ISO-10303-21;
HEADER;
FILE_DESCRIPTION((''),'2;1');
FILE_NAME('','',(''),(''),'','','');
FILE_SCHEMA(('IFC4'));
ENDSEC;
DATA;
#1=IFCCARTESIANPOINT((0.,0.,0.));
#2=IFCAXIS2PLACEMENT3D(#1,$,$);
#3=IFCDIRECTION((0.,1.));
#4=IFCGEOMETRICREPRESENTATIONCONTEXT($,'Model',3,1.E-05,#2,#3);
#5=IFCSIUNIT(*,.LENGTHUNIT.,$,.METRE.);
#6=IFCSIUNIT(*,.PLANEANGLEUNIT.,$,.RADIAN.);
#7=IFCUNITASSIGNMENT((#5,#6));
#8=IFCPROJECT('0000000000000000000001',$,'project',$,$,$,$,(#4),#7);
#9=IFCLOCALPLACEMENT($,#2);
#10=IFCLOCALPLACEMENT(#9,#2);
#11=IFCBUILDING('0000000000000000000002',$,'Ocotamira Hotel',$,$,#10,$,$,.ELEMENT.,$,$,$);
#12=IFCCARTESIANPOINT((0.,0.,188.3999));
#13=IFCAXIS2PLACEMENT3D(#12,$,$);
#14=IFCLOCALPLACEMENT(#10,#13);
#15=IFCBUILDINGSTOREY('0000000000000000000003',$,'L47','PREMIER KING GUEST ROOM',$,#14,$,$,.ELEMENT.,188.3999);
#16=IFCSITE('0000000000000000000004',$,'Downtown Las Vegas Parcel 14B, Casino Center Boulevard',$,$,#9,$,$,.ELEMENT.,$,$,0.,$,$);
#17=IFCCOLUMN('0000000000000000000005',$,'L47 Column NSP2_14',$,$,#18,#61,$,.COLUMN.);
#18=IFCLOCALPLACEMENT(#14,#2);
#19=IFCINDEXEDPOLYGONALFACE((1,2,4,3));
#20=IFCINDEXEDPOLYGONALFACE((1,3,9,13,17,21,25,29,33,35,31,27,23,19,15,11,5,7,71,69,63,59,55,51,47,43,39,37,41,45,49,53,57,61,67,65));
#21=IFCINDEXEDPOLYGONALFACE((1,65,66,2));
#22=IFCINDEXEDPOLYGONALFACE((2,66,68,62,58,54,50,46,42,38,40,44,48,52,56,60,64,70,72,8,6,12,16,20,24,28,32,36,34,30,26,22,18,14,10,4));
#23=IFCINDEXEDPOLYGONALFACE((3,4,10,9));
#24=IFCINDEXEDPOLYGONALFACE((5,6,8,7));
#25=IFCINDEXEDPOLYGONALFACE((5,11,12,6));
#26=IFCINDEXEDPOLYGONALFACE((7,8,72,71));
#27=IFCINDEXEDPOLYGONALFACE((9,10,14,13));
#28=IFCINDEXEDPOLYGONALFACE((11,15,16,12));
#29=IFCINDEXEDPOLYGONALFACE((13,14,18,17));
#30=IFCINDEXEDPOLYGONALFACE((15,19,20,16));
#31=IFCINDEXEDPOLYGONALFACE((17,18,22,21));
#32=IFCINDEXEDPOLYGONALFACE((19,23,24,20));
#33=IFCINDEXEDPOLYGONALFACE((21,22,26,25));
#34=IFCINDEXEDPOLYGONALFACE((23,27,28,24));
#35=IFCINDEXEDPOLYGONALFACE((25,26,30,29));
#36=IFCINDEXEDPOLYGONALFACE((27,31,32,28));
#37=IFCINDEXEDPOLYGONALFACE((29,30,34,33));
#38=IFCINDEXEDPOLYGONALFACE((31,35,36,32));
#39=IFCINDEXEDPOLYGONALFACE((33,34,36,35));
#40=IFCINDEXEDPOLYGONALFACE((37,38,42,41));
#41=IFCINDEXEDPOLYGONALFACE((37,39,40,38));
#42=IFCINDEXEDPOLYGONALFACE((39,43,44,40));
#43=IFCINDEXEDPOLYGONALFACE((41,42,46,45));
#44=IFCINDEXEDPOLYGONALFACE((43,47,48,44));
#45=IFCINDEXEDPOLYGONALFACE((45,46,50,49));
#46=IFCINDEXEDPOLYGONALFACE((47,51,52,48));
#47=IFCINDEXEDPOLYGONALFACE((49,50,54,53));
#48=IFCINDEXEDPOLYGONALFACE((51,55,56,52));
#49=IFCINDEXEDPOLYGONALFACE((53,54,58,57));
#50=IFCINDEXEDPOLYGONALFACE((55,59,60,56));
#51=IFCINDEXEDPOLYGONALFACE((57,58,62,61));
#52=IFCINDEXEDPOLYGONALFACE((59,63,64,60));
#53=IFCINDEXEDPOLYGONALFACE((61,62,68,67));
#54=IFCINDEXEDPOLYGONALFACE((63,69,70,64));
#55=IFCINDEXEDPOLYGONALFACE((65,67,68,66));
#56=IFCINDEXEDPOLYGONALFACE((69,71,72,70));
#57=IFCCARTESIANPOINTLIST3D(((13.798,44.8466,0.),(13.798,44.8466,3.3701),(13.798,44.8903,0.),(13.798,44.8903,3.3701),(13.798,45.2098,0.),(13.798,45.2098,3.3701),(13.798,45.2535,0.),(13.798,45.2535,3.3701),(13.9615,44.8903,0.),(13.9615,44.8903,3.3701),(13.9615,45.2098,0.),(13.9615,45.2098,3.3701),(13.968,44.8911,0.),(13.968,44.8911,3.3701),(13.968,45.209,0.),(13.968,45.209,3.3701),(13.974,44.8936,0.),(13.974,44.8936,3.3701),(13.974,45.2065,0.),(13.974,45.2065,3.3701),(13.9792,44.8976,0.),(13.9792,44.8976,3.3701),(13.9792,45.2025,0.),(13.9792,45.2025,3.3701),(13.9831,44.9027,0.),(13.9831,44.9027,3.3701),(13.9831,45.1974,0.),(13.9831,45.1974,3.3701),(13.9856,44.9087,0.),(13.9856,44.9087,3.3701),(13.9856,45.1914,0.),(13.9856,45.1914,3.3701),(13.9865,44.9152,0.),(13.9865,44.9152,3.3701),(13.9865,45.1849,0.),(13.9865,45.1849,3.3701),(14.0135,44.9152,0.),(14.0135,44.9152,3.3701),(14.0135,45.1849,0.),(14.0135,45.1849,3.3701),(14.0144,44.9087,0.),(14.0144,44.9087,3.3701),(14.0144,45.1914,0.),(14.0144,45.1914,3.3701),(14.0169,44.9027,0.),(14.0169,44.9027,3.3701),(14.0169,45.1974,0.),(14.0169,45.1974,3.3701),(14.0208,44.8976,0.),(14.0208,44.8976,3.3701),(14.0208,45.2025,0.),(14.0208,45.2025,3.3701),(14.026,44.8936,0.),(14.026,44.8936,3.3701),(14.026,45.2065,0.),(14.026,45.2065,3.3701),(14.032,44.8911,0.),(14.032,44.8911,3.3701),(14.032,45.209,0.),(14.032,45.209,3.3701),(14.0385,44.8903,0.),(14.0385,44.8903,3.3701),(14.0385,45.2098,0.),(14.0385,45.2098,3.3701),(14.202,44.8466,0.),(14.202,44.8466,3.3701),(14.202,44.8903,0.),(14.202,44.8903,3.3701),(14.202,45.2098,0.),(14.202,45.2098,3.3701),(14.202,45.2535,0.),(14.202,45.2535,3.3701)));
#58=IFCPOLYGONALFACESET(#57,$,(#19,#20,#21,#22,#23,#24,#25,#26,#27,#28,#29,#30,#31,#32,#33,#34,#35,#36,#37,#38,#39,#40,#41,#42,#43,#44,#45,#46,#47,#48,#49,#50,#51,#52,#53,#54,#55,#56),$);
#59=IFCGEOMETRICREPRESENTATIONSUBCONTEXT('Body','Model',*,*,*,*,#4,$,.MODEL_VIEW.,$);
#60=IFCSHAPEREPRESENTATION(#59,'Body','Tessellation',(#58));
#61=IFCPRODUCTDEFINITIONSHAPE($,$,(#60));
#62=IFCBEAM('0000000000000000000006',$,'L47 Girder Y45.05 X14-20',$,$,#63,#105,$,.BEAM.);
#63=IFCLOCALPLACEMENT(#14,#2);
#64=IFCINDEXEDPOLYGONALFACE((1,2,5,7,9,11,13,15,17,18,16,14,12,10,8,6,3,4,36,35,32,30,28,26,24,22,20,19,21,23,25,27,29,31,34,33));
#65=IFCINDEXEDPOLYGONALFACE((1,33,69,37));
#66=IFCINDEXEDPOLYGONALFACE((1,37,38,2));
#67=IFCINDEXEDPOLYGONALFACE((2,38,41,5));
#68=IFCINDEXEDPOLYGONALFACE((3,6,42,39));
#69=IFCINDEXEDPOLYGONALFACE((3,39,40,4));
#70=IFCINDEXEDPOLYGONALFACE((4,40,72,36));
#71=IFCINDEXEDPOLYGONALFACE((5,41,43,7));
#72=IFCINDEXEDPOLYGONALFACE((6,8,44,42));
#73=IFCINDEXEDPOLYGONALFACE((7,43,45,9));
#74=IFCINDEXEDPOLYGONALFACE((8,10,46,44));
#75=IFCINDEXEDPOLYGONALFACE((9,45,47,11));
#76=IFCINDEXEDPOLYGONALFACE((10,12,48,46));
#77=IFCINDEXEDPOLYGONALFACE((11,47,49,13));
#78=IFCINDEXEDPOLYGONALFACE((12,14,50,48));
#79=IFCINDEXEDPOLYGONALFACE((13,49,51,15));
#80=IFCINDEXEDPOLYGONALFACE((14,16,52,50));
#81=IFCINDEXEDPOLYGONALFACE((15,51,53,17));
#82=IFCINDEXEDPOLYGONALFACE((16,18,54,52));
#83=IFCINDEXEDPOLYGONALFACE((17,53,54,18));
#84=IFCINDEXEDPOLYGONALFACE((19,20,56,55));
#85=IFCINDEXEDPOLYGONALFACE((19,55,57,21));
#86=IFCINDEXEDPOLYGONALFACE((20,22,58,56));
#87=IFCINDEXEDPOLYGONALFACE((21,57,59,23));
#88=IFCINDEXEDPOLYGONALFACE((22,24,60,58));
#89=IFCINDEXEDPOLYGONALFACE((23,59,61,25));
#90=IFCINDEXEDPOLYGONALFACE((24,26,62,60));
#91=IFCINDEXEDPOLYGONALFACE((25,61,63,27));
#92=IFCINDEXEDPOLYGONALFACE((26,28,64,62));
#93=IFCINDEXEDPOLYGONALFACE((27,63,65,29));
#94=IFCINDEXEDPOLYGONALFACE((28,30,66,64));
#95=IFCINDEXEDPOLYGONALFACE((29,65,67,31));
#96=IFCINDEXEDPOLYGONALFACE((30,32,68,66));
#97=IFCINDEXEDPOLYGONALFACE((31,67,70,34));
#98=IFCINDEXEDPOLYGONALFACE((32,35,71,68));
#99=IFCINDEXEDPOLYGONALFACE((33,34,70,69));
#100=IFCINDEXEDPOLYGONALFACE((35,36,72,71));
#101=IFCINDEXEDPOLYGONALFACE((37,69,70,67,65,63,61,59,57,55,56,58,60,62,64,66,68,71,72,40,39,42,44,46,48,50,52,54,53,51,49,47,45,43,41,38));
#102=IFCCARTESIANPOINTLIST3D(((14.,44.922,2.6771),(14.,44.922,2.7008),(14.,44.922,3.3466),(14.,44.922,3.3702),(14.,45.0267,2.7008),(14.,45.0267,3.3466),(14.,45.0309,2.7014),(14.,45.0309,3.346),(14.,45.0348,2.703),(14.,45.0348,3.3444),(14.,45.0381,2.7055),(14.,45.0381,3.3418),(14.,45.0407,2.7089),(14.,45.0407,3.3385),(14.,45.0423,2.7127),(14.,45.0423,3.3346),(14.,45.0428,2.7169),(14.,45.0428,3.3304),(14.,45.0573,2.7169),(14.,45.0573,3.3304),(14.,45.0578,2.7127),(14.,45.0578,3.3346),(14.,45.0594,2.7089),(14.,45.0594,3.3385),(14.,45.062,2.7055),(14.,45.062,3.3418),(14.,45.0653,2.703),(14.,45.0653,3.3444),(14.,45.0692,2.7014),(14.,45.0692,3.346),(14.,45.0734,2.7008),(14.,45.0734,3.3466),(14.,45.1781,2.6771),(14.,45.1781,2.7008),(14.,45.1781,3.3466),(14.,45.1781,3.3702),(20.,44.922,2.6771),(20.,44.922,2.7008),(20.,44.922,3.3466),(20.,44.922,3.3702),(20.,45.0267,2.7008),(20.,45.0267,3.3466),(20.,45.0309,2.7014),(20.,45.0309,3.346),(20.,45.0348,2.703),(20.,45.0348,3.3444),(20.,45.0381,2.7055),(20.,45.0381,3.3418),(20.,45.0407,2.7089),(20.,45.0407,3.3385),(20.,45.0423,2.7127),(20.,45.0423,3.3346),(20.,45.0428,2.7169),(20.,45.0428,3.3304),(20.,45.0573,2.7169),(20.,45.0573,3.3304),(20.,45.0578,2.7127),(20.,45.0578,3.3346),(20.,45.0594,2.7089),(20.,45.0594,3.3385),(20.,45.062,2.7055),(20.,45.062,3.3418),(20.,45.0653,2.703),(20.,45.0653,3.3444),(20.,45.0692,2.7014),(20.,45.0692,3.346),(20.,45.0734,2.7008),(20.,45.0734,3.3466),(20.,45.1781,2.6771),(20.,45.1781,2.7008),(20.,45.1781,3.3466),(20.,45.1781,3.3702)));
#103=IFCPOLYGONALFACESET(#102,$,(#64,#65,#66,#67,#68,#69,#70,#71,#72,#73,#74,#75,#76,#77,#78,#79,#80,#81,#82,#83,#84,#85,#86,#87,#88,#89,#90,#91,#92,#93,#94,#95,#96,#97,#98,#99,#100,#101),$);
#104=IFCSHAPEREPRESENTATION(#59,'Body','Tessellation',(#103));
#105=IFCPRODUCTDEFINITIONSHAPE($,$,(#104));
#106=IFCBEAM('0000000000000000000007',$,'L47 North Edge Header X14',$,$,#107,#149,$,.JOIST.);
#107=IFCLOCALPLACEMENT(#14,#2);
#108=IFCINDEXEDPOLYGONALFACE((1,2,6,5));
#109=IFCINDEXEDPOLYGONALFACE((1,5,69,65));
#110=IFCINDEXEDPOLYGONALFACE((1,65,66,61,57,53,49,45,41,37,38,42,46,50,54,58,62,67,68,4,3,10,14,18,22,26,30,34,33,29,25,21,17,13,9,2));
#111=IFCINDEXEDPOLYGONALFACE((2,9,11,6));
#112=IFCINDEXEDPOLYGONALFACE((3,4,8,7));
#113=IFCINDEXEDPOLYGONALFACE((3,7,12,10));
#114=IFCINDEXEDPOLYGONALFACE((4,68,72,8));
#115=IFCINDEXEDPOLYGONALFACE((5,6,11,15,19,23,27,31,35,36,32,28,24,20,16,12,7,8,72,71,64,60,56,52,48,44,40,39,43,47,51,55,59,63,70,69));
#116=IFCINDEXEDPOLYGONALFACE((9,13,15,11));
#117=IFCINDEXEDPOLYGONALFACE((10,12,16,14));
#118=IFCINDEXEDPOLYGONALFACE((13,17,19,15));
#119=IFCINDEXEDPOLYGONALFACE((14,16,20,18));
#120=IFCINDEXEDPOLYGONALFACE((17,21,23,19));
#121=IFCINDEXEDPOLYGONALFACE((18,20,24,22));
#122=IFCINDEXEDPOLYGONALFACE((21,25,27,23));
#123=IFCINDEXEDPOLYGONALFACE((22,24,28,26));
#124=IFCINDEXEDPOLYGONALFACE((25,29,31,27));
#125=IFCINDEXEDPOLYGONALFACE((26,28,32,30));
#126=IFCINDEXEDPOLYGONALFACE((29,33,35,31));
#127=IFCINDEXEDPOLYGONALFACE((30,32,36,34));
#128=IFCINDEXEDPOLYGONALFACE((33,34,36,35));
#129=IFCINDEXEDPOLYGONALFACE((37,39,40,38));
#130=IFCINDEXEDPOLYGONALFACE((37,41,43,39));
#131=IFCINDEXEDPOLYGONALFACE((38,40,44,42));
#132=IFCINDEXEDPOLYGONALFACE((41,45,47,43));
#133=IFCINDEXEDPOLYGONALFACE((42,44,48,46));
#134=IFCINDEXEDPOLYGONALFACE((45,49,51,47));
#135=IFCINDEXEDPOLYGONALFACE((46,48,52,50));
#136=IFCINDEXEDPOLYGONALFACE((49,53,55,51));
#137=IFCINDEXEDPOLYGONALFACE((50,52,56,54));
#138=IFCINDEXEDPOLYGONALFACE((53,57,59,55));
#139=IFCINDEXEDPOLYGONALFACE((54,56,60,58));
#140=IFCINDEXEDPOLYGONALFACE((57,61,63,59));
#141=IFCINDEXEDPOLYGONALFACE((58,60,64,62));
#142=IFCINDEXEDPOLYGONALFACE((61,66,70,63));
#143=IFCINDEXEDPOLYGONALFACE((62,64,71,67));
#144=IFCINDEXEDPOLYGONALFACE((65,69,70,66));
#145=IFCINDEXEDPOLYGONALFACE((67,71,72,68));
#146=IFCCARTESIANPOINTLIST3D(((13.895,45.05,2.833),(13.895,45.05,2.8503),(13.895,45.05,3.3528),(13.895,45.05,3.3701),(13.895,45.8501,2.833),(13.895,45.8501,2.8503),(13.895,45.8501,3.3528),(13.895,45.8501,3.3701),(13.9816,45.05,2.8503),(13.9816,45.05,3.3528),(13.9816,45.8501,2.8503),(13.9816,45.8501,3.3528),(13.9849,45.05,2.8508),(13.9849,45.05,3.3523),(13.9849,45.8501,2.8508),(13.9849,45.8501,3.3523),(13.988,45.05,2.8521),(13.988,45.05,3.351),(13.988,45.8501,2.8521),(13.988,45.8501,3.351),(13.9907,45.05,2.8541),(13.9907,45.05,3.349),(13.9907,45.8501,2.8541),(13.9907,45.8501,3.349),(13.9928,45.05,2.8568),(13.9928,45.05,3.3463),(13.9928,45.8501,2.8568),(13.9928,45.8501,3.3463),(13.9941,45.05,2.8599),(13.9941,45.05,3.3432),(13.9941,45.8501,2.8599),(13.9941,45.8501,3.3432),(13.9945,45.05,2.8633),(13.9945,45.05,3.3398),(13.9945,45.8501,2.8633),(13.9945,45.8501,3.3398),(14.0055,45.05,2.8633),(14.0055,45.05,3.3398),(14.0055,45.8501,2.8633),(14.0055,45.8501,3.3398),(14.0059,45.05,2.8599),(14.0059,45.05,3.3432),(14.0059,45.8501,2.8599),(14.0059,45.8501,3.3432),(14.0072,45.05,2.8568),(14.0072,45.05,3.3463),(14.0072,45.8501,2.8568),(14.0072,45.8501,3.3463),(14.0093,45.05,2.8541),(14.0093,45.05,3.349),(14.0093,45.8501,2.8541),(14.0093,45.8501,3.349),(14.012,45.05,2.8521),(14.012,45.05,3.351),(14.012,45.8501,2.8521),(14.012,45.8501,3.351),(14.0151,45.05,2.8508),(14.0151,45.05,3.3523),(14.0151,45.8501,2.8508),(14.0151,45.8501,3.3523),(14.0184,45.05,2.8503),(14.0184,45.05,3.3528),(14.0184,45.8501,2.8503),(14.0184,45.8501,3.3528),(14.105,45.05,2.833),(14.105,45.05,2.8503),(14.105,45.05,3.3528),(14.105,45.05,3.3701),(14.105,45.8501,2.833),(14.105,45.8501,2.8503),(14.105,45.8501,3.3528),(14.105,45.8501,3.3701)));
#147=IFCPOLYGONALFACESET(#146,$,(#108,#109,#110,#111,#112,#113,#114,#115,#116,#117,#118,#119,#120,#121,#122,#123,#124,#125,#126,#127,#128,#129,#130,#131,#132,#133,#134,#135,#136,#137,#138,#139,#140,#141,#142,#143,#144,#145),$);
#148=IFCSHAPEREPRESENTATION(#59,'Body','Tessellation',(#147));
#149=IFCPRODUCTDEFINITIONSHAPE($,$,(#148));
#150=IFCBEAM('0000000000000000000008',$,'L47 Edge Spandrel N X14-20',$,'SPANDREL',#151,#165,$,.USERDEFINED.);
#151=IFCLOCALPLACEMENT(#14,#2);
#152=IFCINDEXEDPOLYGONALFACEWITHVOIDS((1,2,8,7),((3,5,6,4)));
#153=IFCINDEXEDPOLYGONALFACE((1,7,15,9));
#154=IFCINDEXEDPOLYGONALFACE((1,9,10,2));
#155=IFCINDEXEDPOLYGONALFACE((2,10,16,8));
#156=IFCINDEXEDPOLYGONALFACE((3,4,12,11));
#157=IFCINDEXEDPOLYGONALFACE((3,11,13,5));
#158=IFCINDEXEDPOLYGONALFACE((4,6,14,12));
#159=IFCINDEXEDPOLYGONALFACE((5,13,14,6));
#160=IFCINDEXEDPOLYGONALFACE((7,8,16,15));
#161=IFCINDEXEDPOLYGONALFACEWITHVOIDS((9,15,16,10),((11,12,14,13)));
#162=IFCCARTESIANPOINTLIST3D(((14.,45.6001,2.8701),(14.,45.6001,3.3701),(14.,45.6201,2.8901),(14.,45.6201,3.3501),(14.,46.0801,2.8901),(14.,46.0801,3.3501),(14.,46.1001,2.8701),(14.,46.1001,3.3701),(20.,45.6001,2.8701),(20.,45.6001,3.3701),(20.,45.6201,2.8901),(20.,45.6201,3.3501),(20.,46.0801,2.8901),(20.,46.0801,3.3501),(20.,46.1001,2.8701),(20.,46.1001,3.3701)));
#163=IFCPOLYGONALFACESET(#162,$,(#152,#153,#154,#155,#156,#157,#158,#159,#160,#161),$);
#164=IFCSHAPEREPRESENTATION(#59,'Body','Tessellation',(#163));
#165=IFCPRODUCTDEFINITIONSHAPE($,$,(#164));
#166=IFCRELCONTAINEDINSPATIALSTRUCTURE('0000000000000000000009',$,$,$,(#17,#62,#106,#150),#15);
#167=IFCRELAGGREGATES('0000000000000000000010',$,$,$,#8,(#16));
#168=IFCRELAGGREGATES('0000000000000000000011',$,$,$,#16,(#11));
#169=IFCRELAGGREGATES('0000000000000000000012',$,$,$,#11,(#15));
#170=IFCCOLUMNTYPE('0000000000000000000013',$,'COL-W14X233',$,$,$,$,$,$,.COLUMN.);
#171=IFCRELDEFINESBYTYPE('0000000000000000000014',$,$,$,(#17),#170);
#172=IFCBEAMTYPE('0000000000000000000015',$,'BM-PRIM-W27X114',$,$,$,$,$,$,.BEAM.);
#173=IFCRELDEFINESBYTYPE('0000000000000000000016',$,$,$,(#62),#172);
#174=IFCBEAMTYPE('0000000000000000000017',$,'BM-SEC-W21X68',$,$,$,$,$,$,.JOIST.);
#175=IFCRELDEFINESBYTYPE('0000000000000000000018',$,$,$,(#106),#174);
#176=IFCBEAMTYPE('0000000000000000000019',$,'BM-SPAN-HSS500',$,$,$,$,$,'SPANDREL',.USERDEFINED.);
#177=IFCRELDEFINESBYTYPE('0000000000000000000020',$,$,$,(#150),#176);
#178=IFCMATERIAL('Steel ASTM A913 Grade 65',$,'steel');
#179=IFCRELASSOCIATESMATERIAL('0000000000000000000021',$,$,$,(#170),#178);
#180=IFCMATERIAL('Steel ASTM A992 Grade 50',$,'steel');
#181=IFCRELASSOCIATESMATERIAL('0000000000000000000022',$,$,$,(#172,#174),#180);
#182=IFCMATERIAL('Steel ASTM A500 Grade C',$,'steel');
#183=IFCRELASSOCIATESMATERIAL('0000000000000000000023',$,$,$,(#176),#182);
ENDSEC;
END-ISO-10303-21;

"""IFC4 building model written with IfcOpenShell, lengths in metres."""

from ifc_helpers import new_model, si_unit, direction, frame, origin, origin_2d, place, context, subcontext, project, spatial, hollow_rectangle, i_section, extrude, source, transform, mapped, material, material_profile, profile_set, type_object, element, save


model = new_model("IFC4")

# Units and contexts
model_context = context("Model", 3, precision=1e-05, world=origin(), true_north=direction((0.0, 1.0)))
body_context = subcontext(model_context, "Body", "Model", "MODEL_VIEW")
ifc_project = project(units=[si_unit("LENGTHUNIT", "METRE"), si_unit("PLANEANGLEUNIT", "RADIAN")], contexts=[model_context])

# Site, building, storey
site_placement = place(None, origin())
site = spatial("IfcSite", under=ifc_project, at=site_placement, Name="Downtown Las Vegas Parcel 14B, Casino Center Boulevard", CompositionType="ELEMENT", RefElevation=0.0)
building_placement = place(site_placement, origin())
building = spatial("IfcBuilding", under=site, at=building_placement, Name="Ocotamira Hotel", CompositionType="ELEMENT")
storey_placement = place(building_placement, frame((0.0, 0.0, 188.3999)))
storey = spatial("IfcBuildingStorey", under=building, at=storey_placement, Name="L47", Description="PREMIER KING GUEST ROOM", CompositionType="ELEMENT", Elevation=188.3999)

# Column
ifc_material_1 = material(Name="Steel ASTM A913 Grade 65", Category="steel")
ifc_material_profile_1 = material_profile(ifc_material_1, i_section(OverallWidth=0.4041, OverallDepth=0.407, WebThickness=0.0271, FlangeThickness=0.0437, FilletRadius=0.0249, at=origin_2d()), Name="W14X233")
ifc_profile_set_1 = profile_set([ifc_material_profile_1], Name="Steel ASTM A913 Grade 65")
column_type = type_object("IfcColumnType", Name="COL-W14X233", PredefinedType="COLUMN", material=ifc_profile_set_1)
shared_shape_1 = source(origin(), body_context, "Body", "SweptSolid", [
    extrude(i_section(OverallWidth=0.4041, OverallDepth=0.407, WebThickness=0.0271, FlangeThickness=0.0437, FilletRadius=0.0249, at=origin_2d()), origin(), (0.0, 0.0, 1.0), 3.3701),
])
column_placement = place(storey_placement, frame((14.0, 45.05, 0.0), z_axis=(0.0, 0.0, 1.0), x_axis=(1.0, 0.0, 0.0)))
element("IfcColumn", 1, at=column_placement, inside=storey, type_object=column_type, Name="L47 Column NSP2_14", PredefinedType="COLUMN", context=body_context, shape_type="MappedRepresentation", body=[
    mapped(shared_shape_1, transform((0.0, 0.0, 0.0), scale=1.0)),
])

# Beams
ifc_material_2 = material(Name="Steel ASTM A992 Grade 50", Category="steel")
ifc_material_profile_2 = material_profile(ifc_material_2, i_section(OverallWidth=0.2561, OverallDepth=0.6931, WebThickness=0.0144, FlangeThickness=0.0237, FilletRadius=0.0161, at=origin_2d()), Name="W27X114")
ifc_profile_set_2 = profile_set([ifc_material_profile_2], Name="Steel ASTM A992 Grade 50")
beam_type_1 = type_object("IfcBeamType", Name="BM-PRIM-W27X114", PredefinedType="BEAM", material=ifc_profile_set_2)
shared_shape_2 = source(origin(), body_context, "Body", "SweptSolid", [
    extrude(i_section(OverallWidth=0.2561, OverallDepth=0.6931, WebThickness=0.0144, FlangeThickness=0.0237, FilletRadius=0.0161, at=origin_2d()), origin(), (0.0, 0.0, 1.0), 6.0),
])
beam_1_placement = place(storey_placement, frame((14.0, 45.05, 3.0237), z_axis=(1.0, 0.0, 0.0), x_axis=(0.0, 1.0, 0.0)))
element("IfcBeam", 2, at=beam_1_placement, inside=storey, type_object=beam_type_1, Name="L47 Girder Y45.05 X14-20", PredefinedType="BEAM", context=body_context, shape_type="MappedRepresentation", body=[
    mapped(shared_shape_2, transform((0.0, 0.0, 0.0), scale=1.0)),
])
ifc_material_profile_3 = material_profile(ifc_material_2, i_section(OverallWidth=0.21, OverallDepth=0.5371, WebThickness=0.011, FlangeThickness=0.0173, FilletRadius=0.0129, at=origin_2d()), Name="W21X68")
ifc_profile_set_3 = profile_set([ifc_material_profile_3], Name="Steel ASTM A992 Grade 50")
beam_type_2 = type_object("IfcBeamType", Name="BM-SEC-W21X68", PredefinedType="JOIST", material=ifc_profile_set_3)
shared_shape_3 = source(origin(), body_context, "Body", "SweptSolid", [
    extrude(i_section(OverallWidth=0.21, OverallDepth=0.5371, WebThickness=0.011, FlangeThickness=0.0173, FilletRadius=0.0129, at=origin_2d()), origin(), (0.0, 0.0, 1.0), 0.8),
])
beam_2_placement = place(storey_placement, frame((14.0, 45.05, 3.1016), z_axis=(0.0, 1.0, 0.0), x_axis=(-1.0, 0.0, 0.0)))
element("IfcBeam", 3, at=beam_2_placement, inside=storey, type_object=beam_type_2, Name="L47 North Edge Header X14", PredefinedType="JOIST", context=body_context, shape_type="MappedRepresentation", body=[
    mapped(shared_shape_3, transform((0.0, 0.0, 0.0), scale=1.0)),
])
ifc_material_3 = material(Name="Steel ASTM A500 Grade C", Category="steel")
ifc_material_profile_4 = material_profile(ifc_material_3, hollow_rectangle(XDim=0.5, YDim=0.5, WallThickness=0.02, at=origin_2d()), Name="HSS500X500X20")
ifc_profile_set_4 = profile_set([ifc_material_profile_4], Name="Steel ASTM A500 Grade C")
beam_type_3 = type_object("IfcBeamType", Name="BM-SPAN-HSS500", ElementType="SPANDREL", PredefinedType="USERDEFINED", material=ifc_profile_set_4)
shared_shape_4 = source(origin(), body_context, "Body", "SweptSolid", [
    extrude(hollow_rectangle(XDim=0.5, YDim=0.5, WallThickness=0.02, at=origin_2d()), origin(), (0.0, 0.0, 1.0), 6.0),
])
beam_3_placement = place(storey_placement, frame((14.0, 45.8501, 3.1201), z_axis=(1.0, 0.0, 0.0), x_axis=(0.0, 1.0, 0.0)))
element("IfcBeam", 4, at=beam_3_placement, inside=storey, type_object=beam_type_3, Name="L47 Edge Spandrel N X14-20", ObjectType="SPANDREL", PredefinedType="USERDEFINED", context=body_context, shape_type="MappedRepresentation", body=[
    mapped(shared_shape_4, transform((0.0, 0.0, 0.0), scale=1.0)),
])

save(model, "model.ifc")
